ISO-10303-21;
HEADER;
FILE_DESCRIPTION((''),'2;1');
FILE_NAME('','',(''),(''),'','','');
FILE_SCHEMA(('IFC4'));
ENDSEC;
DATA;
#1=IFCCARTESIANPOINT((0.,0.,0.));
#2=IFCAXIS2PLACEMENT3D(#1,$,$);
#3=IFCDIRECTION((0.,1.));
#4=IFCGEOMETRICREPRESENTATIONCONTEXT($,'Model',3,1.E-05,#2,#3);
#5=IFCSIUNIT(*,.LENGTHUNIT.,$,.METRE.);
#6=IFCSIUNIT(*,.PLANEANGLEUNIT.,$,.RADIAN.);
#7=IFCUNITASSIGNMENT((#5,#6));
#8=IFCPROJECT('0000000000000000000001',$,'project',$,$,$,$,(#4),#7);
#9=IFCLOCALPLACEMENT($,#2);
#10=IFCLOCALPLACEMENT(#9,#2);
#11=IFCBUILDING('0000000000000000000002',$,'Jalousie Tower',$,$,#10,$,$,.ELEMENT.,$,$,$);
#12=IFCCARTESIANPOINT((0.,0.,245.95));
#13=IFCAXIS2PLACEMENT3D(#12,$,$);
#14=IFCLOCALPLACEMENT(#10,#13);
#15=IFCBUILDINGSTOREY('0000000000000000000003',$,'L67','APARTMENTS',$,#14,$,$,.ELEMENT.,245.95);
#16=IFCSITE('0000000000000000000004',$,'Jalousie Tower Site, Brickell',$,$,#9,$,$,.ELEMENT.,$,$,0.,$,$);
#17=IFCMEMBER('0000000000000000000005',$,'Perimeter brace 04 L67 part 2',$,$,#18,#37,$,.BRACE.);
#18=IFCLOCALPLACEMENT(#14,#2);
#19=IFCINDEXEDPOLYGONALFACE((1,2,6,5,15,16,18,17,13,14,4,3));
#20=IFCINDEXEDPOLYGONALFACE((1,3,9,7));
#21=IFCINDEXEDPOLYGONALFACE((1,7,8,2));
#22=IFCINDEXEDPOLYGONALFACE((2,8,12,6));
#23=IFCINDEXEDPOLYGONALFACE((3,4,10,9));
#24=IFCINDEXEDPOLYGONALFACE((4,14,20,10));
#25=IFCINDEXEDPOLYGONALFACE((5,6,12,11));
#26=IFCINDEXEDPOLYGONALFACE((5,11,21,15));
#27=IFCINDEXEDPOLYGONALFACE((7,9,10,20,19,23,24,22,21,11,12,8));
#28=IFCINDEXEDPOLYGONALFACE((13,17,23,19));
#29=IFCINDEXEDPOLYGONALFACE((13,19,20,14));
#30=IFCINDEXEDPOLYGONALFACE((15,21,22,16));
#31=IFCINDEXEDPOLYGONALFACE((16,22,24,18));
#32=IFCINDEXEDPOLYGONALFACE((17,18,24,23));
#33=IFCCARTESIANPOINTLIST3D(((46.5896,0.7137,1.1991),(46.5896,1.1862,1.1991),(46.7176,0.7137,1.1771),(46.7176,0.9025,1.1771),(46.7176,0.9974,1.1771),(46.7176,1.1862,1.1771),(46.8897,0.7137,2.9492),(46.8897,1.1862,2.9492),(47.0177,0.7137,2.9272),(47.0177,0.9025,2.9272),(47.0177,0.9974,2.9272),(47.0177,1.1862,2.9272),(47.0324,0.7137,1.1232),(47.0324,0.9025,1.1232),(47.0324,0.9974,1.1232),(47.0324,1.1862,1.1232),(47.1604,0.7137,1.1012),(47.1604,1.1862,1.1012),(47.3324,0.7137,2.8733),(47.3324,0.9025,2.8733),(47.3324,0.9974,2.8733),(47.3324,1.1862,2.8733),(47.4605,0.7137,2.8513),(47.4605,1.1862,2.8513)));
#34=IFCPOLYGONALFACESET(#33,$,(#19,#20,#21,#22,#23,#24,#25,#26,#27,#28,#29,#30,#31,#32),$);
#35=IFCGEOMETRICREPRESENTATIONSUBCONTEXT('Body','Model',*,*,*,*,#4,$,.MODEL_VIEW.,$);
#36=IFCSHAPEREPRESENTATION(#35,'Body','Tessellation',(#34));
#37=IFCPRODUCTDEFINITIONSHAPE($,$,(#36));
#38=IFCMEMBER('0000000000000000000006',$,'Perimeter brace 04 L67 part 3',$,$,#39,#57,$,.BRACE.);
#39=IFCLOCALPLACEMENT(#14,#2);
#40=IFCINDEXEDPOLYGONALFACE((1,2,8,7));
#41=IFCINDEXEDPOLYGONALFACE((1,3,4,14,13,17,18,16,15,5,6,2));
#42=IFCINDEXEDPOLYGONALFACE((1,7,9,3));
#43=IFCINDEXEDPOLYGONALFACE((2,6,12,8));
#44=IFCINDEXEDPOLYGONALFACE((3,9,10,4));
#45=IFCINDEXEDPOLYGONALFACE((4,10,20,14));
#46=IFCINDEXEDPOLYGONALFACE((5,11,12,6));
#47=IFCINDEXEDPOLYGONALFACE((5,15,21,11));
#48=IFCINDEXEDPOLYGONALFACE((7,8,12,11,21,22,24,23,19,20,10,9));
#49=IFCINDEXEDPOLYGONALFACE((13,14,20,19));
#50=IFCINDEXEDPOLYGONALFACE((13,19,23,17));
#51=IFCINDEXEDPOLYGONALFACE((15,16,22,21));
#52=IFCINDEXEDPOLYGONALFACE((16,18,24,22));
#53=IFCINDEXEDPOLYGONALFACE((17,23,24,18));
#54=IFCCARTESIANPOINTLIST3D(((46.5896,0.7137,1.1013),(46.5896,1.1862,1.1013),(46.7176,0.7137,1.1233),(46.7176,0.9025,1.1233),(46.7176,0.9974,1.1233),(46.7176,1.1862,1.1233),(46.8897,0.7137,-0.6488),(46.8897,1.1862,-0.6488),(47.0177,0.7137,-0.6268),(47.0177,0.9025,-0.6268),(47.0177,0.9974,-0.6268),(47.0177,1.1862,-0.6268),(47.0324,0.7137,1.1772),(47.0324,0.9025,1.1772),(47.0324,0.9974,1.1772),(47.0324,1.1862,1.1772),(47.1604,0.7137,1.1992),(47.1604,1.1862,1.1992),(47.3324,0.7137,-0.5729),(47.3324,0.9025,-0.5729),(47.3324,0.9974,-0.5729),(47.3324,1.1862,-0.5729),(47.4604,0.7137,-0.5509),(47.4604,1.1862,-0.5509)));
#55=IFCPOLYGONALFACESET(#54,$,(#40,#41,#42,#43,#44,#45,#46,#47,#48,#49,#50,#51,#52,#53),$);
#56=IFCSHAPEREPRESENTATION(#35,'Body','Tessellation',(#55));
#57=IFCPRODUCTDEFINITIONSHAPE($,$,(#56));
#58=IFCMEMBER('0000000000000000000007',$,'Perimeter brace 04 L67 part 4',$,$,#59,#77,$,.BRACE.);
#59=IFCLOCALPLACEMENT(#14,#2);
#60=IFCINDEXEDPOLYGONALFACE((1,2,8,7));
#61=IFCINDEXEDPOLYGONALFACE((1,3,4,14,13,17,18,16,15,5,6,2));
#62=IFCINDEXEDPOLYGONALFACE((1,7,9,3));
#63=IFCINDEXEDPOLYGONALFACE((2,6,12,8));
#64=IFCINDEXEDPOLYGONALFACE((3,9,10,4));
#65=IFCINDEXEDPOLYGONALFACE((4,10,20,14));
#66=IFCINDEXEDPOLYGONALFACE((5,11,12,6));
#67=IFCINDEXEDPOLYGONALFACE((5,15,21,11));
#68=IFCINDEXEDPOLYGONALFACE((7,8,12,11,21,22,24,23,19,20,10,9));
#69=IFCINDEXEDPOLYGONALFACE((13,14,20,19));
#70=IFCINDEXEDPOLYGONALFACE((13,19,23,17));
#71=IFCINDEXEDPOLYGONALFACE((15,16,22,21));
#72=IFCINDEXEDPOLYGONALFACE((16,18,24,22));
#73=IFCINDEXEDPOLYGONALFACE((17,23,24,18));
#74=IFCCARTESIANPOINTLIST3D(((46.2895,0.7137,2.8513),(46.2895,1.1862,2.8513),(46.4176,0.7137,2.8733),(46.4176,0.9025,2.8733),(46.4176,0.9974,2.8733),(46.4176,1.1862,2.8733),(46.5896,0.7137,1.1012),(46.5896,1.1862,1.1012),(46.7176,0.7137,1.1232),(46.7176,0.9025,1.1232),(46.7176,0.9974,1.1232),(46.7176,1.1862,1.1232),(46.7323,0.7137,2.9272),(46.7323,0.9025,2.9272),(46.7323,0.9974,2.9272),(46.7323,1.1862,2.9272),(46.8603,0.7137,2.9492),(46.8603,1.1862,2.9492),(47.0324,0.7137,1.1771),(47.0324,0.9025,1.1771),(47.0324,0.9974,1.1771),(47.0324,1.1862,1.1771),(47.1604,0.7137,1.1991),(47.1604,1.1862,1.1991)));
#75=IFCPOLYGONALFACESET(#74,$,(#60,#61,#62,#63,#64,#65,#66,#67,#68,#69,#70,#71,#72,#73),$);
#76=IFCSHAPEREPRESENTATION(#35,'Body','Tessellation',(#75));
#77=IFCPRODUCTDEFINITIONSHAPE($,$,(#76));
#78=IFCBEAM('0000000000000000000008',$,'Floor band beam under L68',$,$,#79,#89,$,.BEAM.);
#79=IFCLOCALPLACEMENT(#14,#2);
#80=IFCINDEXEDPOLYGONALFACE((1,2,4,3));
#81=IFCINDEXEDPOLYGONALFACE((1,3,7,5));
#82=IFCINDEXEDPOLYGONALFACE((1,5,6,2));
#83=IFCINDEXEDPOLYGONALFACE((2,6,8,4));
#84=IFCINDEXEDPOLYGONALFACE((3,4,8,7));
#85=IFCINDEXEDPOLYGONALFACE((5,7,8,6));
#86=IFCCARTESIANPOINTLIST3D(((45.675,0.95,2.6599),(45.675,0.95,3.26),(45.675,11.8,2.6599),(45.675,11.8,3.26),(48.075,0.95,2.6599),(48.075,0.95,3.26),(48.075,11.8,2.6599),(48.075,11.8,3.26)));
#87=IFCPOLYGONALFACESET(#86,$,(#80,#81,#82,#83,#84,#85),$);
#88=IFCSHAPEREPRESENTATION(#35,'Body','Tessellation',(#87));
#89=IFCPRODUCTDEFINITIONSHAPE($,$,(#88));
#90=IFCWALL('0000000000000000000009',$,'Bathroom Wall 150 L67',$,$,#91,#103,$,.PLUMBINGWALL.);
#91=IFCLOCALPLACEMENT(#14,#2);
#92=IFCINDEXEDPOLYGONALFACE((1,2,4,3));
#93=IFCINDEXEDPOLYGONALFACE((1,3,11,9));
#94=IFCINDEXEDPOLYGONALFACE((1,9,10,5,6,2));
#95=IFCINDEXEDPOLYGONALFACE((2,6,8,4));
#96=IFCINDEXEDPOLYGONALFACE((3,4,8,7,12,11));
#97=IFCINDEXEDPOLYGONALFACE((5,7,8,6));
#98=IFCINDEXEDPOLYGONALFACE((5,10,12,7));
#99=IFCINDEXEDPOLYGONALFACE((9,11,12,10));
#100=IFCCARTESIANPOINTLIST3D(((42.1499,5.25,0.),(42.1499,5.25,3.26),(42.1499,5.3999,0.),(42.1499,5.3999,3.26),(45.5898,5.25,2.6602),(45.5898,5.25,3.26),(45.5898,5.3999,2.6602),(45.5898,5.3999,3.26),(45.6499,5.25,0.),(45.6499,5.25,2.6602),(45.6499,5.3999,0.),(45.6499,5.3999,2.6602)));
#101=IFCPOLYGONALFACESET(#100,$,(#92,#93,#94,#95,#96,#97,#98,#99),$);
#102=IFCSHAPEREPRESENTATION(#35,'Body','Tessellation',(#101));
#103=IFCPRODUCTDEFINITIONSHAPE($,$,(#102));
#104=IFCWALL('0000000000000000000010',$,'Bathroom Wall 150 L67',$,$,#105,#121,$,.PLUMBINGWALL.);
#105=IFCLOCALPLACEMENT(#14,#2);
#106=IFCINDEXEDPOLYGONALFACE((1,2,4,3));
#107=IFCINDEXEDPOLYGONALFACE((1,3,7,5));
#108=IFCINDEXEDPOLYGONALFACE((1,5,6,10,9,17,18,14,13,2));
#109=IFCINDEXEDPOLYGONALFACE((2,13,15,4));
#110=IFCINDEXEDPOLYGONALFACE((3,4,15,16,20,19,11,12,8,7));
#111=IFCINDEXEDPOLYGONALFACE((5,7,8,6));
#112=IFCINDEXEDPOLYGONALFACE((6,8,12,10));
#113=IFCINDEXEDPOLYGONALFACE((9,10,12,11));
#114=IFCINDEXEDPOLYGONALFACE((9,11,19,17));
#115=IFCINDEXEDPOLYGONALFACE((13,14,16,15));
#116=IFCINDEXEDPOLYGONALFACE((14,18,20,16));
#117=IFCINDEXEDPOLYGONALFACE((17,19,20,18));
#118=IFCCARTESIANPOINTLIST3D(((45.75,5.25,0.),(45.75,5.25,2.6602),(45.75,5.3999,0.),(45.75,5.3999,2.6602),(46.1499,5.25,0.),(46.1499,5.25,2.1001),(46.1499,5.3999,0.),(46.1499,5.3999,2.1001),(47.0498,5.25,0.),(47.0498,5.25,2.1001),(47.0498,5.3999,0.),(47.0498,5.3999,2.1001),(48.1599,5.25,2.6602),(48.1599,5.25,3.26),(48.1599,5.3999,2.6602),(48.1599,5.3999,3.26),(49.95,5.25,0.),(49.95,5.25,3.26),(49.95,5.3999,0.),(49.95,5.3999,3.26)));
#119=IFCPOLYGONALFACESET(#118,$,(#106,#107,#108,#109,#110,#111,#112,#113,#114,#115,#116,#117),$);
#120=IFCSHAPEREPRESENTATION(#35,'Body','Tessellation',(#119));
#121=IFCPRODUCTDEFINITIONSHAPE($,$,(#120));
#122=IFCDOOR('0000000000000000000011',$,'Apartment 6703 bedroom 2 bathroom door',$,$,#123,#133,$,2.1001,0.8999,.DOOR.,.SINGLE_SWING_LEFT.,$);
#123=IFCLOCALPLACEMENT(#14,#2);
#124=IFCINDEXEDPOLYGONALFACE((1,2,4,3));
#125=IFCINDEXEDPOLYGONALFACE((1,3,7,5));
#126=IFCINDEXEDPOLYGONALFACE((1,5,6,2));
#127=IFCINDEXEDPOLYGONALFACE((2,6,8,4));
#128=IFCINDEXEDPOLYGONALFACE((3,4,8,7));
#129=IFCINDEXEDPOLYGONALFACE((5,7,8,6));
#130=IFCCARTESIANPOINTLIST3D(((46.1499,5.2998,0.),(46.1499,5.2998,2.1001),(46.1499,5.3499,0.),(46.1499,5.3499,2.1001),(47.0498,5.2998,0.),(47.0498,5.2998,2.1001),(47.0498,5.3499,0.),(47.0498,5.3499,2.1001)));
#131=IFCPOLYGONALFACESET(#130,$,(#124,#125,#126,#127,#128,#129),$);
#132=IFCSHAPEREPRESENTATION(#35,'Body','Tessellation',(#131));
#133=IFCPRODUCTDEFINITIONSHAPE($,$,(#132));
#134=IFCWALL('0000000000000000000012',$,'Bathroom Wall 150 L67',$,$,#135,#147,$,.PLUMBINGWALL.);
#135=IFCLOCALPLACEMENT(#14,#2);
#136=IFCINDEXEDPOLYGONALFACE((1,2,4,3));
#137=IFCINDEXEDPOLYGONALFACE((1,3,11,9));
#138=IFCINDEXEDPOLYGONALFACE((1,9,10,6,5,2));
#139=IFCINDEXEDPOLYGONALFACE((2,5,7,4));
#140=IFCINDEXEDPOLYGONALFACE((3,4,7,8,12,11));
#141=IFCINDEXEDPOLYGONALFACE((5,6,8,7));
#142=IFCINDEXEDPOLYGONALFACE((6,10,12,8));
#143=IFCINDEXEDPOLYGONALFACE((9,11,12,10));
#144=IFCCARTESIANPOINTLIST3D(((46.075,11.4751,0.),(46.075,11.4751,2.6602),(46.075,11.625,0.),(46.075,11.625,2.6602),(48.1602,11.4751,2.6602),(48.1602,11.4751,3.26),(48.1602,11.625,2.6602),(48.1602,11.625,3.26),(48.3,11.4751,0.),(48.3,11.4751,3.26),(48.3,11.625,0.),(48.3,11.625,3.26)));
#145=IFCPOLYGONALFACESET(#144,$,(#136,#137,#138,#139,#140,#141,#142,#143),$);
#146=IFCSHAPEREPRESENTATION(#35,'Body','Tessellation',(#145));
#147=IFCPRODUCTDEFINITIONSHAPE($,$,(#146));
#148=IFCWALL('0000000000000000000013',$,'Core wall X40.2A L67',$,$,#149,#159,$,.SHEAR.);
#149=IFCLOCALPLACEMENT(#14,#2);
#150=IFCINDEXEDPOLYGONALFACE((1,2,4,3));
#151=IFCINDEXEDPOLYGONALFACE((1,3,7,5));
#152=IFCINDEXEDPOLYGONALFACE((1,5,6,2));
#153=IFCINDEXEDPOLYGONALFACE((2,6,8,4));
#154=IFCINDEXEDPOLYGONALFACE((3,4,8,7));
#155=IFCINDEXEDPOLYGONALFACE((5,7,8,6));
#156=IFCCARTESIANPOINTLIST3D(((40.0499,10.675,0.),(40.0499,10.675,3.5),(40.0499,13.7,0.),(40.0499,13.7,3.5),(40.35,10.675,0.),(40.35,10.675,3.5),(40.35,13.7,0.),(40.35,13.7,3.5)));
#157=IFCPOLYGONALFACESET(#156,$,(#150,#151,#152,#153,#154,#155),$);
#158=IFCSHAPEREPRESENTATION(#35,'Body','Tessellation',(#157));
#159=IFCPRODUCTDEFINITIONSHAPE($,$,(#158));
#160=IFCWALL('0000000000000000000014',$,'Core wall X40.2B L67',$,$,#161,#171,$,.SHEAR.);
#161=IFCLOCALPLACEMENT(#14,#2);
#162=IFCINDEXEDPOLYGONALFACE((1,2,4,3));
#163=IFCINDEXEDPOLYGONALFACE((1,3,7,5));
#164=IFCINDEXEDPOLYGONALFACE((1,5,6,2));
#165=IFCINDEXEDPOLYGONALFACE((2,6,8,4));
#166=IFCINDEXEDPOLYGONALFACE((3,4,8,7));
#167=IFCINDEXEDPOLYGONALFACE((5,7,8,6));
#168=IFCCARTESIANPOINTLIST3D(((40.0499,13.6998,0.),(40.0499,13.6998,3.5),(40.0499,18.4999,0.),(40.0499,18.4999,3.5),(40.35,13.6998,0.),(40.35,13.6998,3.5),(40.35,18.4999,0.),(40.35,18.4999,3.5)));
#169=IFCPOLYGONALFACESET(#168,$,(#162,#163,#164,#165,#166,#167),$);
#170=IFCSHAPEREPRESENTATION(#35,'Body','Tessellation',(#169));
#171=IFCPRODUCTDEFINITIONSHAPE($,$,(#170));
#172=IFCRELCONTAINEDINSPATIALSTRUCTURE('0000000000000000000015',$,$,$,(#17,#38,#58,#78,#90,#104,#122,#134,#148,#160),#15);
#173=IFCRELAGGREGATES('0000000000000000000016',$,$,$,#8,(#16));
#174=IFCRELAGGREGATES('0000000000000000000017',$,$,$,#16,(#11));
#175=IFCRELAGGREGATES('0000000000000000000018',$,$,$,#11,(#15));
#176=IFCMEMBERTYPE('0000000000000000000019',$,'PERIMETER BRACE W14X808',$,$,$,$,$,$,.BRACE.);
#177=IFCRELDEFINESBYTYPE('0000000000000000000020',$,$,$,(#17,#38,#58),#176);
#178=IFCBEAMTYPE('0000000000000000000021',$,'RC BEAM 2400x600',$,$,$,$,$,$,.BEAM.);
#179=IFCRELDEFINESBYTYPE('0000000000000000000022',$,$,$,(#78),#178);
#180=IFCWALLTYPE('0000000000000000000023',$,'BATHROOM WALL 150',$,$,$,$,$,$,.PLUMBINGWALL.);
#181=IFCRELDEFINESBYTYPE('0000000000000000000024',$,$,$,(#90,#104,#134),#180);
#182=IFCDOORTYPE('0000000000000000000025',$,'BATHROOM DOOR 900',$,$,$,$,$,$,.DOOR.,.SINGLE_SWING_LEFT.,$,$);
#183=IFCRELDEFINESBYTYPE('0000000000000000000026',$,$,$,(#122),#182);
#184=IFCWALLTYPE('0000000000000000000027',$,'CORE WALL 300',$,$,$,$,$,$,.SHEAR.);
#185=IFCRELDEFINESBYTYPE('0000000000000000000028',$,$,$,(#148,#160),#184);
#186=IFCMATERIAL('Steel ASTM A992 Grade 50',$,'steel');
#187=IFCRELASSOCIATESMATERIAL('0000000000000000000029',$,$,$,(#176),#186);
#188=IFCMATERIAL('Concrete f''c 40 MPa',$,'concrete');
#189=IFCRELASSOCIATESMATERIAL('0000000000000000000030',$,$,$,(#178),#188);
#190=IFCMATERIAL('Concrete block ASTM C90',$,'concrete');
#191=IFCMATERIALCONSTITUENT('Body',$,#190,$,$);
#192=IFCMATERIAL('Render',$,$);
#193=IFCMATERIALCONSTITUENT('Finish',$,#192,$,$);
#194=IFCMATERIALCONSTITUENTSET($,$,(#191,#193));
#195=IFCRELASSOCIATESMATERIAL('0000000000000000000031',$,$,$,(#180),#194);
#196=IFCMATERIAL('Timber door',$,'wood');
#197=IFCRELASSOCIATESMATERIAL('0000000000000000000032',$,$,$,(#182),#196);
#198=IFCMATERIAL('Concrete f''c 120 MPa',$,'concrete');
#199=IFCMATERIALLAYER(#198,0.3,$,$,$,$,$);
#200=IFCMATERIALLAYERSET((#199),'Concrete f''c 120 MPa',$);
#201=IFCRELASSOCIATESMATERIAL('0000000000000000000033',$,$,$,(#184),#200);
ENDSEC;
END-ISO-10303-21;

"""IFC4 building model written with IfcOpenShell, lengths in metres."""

from ifc_helpers import new_model, si_unit, direction, frame, frame_2d, origin, origin_2d, place, context, subcontext, project, spatial, polyline, rectangle, i_section, outline, extrude, material, layer, layer_set, constituent, constituent_set, material_profile, profile_set, type_object, element, fill, save


model = new_model("IFC4")

# Units and contexts
model_context = context("Model", 3, precision=1e-05, world=origin(), true_north=direction((0.0, 1.0)))
body_context = subcontext(model_context, "Body", "Model", "MODEL_VIEW")
ifc_project = project(units=[si_unit("LENGTHUNIT", "METRE"), si_unit("PLANEANGLEUNIT", "RADIAN")], contexts=[model_context])

# Site, building, storey
site_placement = place(None, origin())
site = spatial("IfcSite", under=ifc_project, at=site_placement, Name="Jalousie Tower Site, Brickell", CompositionType="ELEMENT", RefElevation=0.0)
building_placement = place(site_placement, origin())
building = spatial("IfcBuilding", under=site, at=building_placement, Name="Jalousie Tower", CompositionType="ELEMENT")
storey_placement = place(building_placement, frame((0.0, 0.0, 245.95)))
storey = spatial("IfcBuildingStorey", under=building, at=storey_placement, Name="L67", Description="APARTMENTS", CompositionType="ELEMENT", Elevation=245.95)

# Members
ifc_material_1 = material(Name="Steel ASTM A992 Grade 50", Category="steel")
ifc_material_profile_1 = material_profile(ifc_material_1, i_section(OverallWidth=0.4724, OverallDepth=0.5791, WebThickness=0.095, FlangeThickness=0.1299, at=origin_2d()), Name="W14X808")
ifc_profile_set_1 = profile_set([ifc_material_profile_1], Name="Steel ASTM A992 Grade 50")
member_type = type_object("IfcMemberType", Name="PERIMETER BRACE W14X808", PredefinedType="BRACE", material=ifc_profile_set_1)
for number, where, z_axis, x_axis, name in (
    (1, (46.875, 0.95, 1.1501), (0.168991, 0.0, 0.985618), (0.0, 1.0, 0.0), "Perimeter brace 04 L67 part 2"),
    (2, (47.175, 0.95, -0.5999), (-0.168991, 0.0, 0.985618), (0.0, -1.0, 0.0), "Perimeter brace 04 L67 part 3"),
    (3, (46.875, 0.95, 1.1501), (-0.168991, 0.0, 0.985618), (0.0, -1.0, 0.0), "Perimeter brace 04 L67 part 4"),
):
    element("IfcMember", number, at=place(storey_placement, frame(where, z_axis=z_axis, x_axis=x_axis)), inside=storey, type_object=member_type, Name=name, PredefinedType="BRACE", context=body_context, shape_type="SweptSolid", body=[
        extrude(i_section(OverallWidth=0.4724, OverallDepth=0.5791, WebThickness=0.095, FlangeThickness=0.1299, at=origin_2d()), origin(), (0.0, 0.0, 1.0), 1.7756),
    ])

# Beam
ifc_material_2 = material(Name="Concrete f'c 40 MPa", Category="concrete")
ifc_material_profile_2 = material_profile(ifc_material_2, rectangle(XDim=2.3999, YDim=0.6001, at=origin_2d()), Name="RC 2400x600")
ifc_profile_set_2 = profile_set([ifc_material_profile_2], Name="Concrete f'c 40 MPa")
beam_type = type_object("IfcBeamType", Name="RC BEAM 2400x600", PredefinedType="BEAM", material=ifc_profile_set_2)
beam_placement = place(storey_placement, frame((46.875, 0.95, 2.96), z_axis=(0.0, 1.0, 0.0), x_axis=(-1.0, 0.0, 0.0)))
element("IfcBeam", 4, at=beam_placement, inside=storey, type_object=beam_type, Name="Floor band beam under L68", PredefinedType="BEAM", context=body_context, shape_type="SweptSolid", body=[
    extrude(rectangle(XDim=2.3999, YDim=0.6001, at=origin_2d()), origin(), (0.0, 0.0, 1.0), 10.8501),
])

# Wall
ifc_material_3 = material(Name="Concrete block ASTM C90", Category="concrete")
ifc_constituent_1 = constituent(ifc_material_3, Name="Body")
ifc_material_4 = material(Name="Render")
ifc_constituent_2 = constituent(ifc_material_4, Name="Finish")
ifc_constituent_set_1 = constituent_set(constituents=[ifc_constituent_1, ifc_constituent_2])
wall_type_1 = type_object("IfcWallType", Name="BATHROOM WALL 150", PredefinedType="PLUMBINGWALL", material=ifc_constituent_set_1)
wall_1_placement = place(storey_placement, frame((42.1499, 5.325, 0.0), z_axis=(0.0, 0.0, 1.0), x_axis=(1.0, 0.0, 0.0)))
element("IfcWall", 5, at=wall_1_placement, inside=storey, type_object=wall_type_1, Name="Bathroom Wall 150 L67", PredefinedType="PLUMBINGWALL", context=body_context, shape_type="SweptSolid", body=[
    extrude(outline(polyline([(0.0, 0.0), (3.5, 0.0), (3.5, 3.26), (3.5, 2.6602), (3.4399, 2.6602), (3.4399, 3.26), (0.0, 3.26), (0.0, 0.0)])), frame((0.0, 0.075, 0.0), z_axis=(0.0, -1.0, 0.0), x_axis=(1.0, 0.0, 0.0)), (0.0, 0.0, 1.0), 0.1499),
])

# Wall, opening, door
wall_2_placement = place(storey_placement, frame((45.75, 5.325, 0.0), z_axis=(0.0, 0.0, 1.0), x_axis=(1.0, 0.0, 0.0)))
wall_2 = element("IfcWall", 6, at=wall_2_placement, inside=storey, type_object=wall_type_1, Name="Bathroom Wall 150 L67", PredefinedType="PLUMBINGWALL", context=body_context, shape_type="SweptSolid", body=[
    extrude(outline(polyline([(0.0, 0.0), (4.2, 0.0), (4.2, 3.26), (2.4099, 3.26), (2.4099, 2.6602), (0.0, 2.6602), (0.0, 3.26), (0.0, 0.0)])), frame((0.0, 0.075, 0.0), z_axis=(0.0, -1.0, 0.0), x_axis=(1.0, 0.0, 0.0)), (0.0, 0.0, 1.0), 0.1499),
])
opening_1_placement = place(wall_2_placement, frame((0.3999, 0.0, 0.0)))
opening_1 = element("IfcOpeningElement", 7, at=opening_1_placement, cuts=wall_2, PredefinedType="OPENING", context=body_context, shape_type="SweptSolid", body=[
    extrude(rectangle(XDim=0.8999, YDim=2.1001, at=frame_2d((0.45, 1.05))), frame((0.0, 0.085, 0.0), z_axis=(0.0, -1.0, 0.0), x_axis=(1.0, 0.0, 0.0)), (0.0, 0.0, 1.0), 0.1699),
])
ifc_material_5 = material(Name="Timber door", Category="wood")
door_type_1 = type_object("IfcDoorType", Name="BATHROOM DOOR 900", OperationType="SINGLE_SWING_LEFT", PredefinedType="DOOR", material=ifc_material_5)
door_1_placement = place(opening_1_placement, origin())
door_1 = element("IfcDoor", 8, at=door_1_placement, inside=storey, type_object=door_type_1, Name="Apartment 6703 bedroom 2 bathroom door", OperationType="SINGLE_SWING_LEFT", OverallHeight=2.1001, OverallWidth=0.8999, PredefinedType="DOOR", context=body_context, shape_type="SweptSolid", body=[
    extrude(rectangle(XDim=0.8999, YDim=2.1001, at=frame_2d((0.45, 1.05))), frame((0.0, 0.0249, 0.0), z_axis=(0.0, -1.0, 0.0), x_axis=(1.0, 0.0, 0.0)), (0.0, 0.0, 1.0), 0.05),
])
fill(opening_1, door_1)

# Walls
wall_3_placement = place(storey_placement, frame((48.3, 11.55, 0.0), z_axis=(0.0, 0.0, 1.0), x_axis=(-1.0, 0.0, 0.0)))
element("IfcWall", 9, at=wall_3_placement, inside=storey, type_object=wall_type_1, Name="Bathroom Wall 150 L67", PredefinedType="PLUMBINGWALL", context=body_context, shape_type="SweptSolid", body=[
    extrude(outline(polyline([(0.0, 0.0), (2.2251, 0.0), (2.2251, 3.26), (2.2251, 2.6602), (0.1399, 2.6602), (0.1399, 3.26), (0.0, 3.26), (0.0, 0.0)])), frame((0.0, 0.075, 0.0), z_axis=(0.0, -1.0, 0.0), x_axis=(1.0, 0.0, 0.0)), (0.0, 0.0, 1.0), 0.1499),
])
ifc_material_6 = material(Name="Concrete f'c 120 MPa", Category="concrete")
ifc_layer_1 = layer(ifc_material_6, 0.3)
ifc_layer_set_1 = layer_set([ifc_layer_1], Name="Concrete f'c 120 MPa")
wall_type_2 = type_object("IfcWallType", Name="CORE WALL 300", PredefinedType="SHEAR", material=ifc_layer_set_1)
wall_4_placement = place(storey_placement, frame((40.2, 10.675, 0.0), z_axis=(0.0, 0.0, 1.0), x_axis=(0.0, 1.0, 0.0)))
element("IfcWall", 10, at=wall_4_placement, inside=storey, type_object=wall_type_2, Name="Core wall X40.2A L67", PredefinedType="SHEAR", context=body_context, shape_type="SweptSolid", body=[
    extrude(rectangle(XDim=3.0249, YDim=0.3, at=frame_2d((1.5125, 0.0))), origin(), (0.0, 0.0, 1.0), 3.5),
])
wall_5_placement = place(storey_placement, frame((40.2, 13.7, 0.0), z_axis=(0.0, 0.0, 1.0), x_axis=(0.0, 1.0, 0.0)))
element("IfcWall", 11, at=wall_5_placement, inside=storey, type_object=wall_type_2, Name="Core wall X40.2B L67", PredefinedType="SHEAR", context=body_context, shape_type="SweptSolid", body=[
    extrude(rectangle(XDim=4.8, YDim=0.3, at=frame_2d((2.3999, 0.0))), origin(), (0.0, 0.0, 1.0), 3.5),
])

save(model, "model.ifc")
